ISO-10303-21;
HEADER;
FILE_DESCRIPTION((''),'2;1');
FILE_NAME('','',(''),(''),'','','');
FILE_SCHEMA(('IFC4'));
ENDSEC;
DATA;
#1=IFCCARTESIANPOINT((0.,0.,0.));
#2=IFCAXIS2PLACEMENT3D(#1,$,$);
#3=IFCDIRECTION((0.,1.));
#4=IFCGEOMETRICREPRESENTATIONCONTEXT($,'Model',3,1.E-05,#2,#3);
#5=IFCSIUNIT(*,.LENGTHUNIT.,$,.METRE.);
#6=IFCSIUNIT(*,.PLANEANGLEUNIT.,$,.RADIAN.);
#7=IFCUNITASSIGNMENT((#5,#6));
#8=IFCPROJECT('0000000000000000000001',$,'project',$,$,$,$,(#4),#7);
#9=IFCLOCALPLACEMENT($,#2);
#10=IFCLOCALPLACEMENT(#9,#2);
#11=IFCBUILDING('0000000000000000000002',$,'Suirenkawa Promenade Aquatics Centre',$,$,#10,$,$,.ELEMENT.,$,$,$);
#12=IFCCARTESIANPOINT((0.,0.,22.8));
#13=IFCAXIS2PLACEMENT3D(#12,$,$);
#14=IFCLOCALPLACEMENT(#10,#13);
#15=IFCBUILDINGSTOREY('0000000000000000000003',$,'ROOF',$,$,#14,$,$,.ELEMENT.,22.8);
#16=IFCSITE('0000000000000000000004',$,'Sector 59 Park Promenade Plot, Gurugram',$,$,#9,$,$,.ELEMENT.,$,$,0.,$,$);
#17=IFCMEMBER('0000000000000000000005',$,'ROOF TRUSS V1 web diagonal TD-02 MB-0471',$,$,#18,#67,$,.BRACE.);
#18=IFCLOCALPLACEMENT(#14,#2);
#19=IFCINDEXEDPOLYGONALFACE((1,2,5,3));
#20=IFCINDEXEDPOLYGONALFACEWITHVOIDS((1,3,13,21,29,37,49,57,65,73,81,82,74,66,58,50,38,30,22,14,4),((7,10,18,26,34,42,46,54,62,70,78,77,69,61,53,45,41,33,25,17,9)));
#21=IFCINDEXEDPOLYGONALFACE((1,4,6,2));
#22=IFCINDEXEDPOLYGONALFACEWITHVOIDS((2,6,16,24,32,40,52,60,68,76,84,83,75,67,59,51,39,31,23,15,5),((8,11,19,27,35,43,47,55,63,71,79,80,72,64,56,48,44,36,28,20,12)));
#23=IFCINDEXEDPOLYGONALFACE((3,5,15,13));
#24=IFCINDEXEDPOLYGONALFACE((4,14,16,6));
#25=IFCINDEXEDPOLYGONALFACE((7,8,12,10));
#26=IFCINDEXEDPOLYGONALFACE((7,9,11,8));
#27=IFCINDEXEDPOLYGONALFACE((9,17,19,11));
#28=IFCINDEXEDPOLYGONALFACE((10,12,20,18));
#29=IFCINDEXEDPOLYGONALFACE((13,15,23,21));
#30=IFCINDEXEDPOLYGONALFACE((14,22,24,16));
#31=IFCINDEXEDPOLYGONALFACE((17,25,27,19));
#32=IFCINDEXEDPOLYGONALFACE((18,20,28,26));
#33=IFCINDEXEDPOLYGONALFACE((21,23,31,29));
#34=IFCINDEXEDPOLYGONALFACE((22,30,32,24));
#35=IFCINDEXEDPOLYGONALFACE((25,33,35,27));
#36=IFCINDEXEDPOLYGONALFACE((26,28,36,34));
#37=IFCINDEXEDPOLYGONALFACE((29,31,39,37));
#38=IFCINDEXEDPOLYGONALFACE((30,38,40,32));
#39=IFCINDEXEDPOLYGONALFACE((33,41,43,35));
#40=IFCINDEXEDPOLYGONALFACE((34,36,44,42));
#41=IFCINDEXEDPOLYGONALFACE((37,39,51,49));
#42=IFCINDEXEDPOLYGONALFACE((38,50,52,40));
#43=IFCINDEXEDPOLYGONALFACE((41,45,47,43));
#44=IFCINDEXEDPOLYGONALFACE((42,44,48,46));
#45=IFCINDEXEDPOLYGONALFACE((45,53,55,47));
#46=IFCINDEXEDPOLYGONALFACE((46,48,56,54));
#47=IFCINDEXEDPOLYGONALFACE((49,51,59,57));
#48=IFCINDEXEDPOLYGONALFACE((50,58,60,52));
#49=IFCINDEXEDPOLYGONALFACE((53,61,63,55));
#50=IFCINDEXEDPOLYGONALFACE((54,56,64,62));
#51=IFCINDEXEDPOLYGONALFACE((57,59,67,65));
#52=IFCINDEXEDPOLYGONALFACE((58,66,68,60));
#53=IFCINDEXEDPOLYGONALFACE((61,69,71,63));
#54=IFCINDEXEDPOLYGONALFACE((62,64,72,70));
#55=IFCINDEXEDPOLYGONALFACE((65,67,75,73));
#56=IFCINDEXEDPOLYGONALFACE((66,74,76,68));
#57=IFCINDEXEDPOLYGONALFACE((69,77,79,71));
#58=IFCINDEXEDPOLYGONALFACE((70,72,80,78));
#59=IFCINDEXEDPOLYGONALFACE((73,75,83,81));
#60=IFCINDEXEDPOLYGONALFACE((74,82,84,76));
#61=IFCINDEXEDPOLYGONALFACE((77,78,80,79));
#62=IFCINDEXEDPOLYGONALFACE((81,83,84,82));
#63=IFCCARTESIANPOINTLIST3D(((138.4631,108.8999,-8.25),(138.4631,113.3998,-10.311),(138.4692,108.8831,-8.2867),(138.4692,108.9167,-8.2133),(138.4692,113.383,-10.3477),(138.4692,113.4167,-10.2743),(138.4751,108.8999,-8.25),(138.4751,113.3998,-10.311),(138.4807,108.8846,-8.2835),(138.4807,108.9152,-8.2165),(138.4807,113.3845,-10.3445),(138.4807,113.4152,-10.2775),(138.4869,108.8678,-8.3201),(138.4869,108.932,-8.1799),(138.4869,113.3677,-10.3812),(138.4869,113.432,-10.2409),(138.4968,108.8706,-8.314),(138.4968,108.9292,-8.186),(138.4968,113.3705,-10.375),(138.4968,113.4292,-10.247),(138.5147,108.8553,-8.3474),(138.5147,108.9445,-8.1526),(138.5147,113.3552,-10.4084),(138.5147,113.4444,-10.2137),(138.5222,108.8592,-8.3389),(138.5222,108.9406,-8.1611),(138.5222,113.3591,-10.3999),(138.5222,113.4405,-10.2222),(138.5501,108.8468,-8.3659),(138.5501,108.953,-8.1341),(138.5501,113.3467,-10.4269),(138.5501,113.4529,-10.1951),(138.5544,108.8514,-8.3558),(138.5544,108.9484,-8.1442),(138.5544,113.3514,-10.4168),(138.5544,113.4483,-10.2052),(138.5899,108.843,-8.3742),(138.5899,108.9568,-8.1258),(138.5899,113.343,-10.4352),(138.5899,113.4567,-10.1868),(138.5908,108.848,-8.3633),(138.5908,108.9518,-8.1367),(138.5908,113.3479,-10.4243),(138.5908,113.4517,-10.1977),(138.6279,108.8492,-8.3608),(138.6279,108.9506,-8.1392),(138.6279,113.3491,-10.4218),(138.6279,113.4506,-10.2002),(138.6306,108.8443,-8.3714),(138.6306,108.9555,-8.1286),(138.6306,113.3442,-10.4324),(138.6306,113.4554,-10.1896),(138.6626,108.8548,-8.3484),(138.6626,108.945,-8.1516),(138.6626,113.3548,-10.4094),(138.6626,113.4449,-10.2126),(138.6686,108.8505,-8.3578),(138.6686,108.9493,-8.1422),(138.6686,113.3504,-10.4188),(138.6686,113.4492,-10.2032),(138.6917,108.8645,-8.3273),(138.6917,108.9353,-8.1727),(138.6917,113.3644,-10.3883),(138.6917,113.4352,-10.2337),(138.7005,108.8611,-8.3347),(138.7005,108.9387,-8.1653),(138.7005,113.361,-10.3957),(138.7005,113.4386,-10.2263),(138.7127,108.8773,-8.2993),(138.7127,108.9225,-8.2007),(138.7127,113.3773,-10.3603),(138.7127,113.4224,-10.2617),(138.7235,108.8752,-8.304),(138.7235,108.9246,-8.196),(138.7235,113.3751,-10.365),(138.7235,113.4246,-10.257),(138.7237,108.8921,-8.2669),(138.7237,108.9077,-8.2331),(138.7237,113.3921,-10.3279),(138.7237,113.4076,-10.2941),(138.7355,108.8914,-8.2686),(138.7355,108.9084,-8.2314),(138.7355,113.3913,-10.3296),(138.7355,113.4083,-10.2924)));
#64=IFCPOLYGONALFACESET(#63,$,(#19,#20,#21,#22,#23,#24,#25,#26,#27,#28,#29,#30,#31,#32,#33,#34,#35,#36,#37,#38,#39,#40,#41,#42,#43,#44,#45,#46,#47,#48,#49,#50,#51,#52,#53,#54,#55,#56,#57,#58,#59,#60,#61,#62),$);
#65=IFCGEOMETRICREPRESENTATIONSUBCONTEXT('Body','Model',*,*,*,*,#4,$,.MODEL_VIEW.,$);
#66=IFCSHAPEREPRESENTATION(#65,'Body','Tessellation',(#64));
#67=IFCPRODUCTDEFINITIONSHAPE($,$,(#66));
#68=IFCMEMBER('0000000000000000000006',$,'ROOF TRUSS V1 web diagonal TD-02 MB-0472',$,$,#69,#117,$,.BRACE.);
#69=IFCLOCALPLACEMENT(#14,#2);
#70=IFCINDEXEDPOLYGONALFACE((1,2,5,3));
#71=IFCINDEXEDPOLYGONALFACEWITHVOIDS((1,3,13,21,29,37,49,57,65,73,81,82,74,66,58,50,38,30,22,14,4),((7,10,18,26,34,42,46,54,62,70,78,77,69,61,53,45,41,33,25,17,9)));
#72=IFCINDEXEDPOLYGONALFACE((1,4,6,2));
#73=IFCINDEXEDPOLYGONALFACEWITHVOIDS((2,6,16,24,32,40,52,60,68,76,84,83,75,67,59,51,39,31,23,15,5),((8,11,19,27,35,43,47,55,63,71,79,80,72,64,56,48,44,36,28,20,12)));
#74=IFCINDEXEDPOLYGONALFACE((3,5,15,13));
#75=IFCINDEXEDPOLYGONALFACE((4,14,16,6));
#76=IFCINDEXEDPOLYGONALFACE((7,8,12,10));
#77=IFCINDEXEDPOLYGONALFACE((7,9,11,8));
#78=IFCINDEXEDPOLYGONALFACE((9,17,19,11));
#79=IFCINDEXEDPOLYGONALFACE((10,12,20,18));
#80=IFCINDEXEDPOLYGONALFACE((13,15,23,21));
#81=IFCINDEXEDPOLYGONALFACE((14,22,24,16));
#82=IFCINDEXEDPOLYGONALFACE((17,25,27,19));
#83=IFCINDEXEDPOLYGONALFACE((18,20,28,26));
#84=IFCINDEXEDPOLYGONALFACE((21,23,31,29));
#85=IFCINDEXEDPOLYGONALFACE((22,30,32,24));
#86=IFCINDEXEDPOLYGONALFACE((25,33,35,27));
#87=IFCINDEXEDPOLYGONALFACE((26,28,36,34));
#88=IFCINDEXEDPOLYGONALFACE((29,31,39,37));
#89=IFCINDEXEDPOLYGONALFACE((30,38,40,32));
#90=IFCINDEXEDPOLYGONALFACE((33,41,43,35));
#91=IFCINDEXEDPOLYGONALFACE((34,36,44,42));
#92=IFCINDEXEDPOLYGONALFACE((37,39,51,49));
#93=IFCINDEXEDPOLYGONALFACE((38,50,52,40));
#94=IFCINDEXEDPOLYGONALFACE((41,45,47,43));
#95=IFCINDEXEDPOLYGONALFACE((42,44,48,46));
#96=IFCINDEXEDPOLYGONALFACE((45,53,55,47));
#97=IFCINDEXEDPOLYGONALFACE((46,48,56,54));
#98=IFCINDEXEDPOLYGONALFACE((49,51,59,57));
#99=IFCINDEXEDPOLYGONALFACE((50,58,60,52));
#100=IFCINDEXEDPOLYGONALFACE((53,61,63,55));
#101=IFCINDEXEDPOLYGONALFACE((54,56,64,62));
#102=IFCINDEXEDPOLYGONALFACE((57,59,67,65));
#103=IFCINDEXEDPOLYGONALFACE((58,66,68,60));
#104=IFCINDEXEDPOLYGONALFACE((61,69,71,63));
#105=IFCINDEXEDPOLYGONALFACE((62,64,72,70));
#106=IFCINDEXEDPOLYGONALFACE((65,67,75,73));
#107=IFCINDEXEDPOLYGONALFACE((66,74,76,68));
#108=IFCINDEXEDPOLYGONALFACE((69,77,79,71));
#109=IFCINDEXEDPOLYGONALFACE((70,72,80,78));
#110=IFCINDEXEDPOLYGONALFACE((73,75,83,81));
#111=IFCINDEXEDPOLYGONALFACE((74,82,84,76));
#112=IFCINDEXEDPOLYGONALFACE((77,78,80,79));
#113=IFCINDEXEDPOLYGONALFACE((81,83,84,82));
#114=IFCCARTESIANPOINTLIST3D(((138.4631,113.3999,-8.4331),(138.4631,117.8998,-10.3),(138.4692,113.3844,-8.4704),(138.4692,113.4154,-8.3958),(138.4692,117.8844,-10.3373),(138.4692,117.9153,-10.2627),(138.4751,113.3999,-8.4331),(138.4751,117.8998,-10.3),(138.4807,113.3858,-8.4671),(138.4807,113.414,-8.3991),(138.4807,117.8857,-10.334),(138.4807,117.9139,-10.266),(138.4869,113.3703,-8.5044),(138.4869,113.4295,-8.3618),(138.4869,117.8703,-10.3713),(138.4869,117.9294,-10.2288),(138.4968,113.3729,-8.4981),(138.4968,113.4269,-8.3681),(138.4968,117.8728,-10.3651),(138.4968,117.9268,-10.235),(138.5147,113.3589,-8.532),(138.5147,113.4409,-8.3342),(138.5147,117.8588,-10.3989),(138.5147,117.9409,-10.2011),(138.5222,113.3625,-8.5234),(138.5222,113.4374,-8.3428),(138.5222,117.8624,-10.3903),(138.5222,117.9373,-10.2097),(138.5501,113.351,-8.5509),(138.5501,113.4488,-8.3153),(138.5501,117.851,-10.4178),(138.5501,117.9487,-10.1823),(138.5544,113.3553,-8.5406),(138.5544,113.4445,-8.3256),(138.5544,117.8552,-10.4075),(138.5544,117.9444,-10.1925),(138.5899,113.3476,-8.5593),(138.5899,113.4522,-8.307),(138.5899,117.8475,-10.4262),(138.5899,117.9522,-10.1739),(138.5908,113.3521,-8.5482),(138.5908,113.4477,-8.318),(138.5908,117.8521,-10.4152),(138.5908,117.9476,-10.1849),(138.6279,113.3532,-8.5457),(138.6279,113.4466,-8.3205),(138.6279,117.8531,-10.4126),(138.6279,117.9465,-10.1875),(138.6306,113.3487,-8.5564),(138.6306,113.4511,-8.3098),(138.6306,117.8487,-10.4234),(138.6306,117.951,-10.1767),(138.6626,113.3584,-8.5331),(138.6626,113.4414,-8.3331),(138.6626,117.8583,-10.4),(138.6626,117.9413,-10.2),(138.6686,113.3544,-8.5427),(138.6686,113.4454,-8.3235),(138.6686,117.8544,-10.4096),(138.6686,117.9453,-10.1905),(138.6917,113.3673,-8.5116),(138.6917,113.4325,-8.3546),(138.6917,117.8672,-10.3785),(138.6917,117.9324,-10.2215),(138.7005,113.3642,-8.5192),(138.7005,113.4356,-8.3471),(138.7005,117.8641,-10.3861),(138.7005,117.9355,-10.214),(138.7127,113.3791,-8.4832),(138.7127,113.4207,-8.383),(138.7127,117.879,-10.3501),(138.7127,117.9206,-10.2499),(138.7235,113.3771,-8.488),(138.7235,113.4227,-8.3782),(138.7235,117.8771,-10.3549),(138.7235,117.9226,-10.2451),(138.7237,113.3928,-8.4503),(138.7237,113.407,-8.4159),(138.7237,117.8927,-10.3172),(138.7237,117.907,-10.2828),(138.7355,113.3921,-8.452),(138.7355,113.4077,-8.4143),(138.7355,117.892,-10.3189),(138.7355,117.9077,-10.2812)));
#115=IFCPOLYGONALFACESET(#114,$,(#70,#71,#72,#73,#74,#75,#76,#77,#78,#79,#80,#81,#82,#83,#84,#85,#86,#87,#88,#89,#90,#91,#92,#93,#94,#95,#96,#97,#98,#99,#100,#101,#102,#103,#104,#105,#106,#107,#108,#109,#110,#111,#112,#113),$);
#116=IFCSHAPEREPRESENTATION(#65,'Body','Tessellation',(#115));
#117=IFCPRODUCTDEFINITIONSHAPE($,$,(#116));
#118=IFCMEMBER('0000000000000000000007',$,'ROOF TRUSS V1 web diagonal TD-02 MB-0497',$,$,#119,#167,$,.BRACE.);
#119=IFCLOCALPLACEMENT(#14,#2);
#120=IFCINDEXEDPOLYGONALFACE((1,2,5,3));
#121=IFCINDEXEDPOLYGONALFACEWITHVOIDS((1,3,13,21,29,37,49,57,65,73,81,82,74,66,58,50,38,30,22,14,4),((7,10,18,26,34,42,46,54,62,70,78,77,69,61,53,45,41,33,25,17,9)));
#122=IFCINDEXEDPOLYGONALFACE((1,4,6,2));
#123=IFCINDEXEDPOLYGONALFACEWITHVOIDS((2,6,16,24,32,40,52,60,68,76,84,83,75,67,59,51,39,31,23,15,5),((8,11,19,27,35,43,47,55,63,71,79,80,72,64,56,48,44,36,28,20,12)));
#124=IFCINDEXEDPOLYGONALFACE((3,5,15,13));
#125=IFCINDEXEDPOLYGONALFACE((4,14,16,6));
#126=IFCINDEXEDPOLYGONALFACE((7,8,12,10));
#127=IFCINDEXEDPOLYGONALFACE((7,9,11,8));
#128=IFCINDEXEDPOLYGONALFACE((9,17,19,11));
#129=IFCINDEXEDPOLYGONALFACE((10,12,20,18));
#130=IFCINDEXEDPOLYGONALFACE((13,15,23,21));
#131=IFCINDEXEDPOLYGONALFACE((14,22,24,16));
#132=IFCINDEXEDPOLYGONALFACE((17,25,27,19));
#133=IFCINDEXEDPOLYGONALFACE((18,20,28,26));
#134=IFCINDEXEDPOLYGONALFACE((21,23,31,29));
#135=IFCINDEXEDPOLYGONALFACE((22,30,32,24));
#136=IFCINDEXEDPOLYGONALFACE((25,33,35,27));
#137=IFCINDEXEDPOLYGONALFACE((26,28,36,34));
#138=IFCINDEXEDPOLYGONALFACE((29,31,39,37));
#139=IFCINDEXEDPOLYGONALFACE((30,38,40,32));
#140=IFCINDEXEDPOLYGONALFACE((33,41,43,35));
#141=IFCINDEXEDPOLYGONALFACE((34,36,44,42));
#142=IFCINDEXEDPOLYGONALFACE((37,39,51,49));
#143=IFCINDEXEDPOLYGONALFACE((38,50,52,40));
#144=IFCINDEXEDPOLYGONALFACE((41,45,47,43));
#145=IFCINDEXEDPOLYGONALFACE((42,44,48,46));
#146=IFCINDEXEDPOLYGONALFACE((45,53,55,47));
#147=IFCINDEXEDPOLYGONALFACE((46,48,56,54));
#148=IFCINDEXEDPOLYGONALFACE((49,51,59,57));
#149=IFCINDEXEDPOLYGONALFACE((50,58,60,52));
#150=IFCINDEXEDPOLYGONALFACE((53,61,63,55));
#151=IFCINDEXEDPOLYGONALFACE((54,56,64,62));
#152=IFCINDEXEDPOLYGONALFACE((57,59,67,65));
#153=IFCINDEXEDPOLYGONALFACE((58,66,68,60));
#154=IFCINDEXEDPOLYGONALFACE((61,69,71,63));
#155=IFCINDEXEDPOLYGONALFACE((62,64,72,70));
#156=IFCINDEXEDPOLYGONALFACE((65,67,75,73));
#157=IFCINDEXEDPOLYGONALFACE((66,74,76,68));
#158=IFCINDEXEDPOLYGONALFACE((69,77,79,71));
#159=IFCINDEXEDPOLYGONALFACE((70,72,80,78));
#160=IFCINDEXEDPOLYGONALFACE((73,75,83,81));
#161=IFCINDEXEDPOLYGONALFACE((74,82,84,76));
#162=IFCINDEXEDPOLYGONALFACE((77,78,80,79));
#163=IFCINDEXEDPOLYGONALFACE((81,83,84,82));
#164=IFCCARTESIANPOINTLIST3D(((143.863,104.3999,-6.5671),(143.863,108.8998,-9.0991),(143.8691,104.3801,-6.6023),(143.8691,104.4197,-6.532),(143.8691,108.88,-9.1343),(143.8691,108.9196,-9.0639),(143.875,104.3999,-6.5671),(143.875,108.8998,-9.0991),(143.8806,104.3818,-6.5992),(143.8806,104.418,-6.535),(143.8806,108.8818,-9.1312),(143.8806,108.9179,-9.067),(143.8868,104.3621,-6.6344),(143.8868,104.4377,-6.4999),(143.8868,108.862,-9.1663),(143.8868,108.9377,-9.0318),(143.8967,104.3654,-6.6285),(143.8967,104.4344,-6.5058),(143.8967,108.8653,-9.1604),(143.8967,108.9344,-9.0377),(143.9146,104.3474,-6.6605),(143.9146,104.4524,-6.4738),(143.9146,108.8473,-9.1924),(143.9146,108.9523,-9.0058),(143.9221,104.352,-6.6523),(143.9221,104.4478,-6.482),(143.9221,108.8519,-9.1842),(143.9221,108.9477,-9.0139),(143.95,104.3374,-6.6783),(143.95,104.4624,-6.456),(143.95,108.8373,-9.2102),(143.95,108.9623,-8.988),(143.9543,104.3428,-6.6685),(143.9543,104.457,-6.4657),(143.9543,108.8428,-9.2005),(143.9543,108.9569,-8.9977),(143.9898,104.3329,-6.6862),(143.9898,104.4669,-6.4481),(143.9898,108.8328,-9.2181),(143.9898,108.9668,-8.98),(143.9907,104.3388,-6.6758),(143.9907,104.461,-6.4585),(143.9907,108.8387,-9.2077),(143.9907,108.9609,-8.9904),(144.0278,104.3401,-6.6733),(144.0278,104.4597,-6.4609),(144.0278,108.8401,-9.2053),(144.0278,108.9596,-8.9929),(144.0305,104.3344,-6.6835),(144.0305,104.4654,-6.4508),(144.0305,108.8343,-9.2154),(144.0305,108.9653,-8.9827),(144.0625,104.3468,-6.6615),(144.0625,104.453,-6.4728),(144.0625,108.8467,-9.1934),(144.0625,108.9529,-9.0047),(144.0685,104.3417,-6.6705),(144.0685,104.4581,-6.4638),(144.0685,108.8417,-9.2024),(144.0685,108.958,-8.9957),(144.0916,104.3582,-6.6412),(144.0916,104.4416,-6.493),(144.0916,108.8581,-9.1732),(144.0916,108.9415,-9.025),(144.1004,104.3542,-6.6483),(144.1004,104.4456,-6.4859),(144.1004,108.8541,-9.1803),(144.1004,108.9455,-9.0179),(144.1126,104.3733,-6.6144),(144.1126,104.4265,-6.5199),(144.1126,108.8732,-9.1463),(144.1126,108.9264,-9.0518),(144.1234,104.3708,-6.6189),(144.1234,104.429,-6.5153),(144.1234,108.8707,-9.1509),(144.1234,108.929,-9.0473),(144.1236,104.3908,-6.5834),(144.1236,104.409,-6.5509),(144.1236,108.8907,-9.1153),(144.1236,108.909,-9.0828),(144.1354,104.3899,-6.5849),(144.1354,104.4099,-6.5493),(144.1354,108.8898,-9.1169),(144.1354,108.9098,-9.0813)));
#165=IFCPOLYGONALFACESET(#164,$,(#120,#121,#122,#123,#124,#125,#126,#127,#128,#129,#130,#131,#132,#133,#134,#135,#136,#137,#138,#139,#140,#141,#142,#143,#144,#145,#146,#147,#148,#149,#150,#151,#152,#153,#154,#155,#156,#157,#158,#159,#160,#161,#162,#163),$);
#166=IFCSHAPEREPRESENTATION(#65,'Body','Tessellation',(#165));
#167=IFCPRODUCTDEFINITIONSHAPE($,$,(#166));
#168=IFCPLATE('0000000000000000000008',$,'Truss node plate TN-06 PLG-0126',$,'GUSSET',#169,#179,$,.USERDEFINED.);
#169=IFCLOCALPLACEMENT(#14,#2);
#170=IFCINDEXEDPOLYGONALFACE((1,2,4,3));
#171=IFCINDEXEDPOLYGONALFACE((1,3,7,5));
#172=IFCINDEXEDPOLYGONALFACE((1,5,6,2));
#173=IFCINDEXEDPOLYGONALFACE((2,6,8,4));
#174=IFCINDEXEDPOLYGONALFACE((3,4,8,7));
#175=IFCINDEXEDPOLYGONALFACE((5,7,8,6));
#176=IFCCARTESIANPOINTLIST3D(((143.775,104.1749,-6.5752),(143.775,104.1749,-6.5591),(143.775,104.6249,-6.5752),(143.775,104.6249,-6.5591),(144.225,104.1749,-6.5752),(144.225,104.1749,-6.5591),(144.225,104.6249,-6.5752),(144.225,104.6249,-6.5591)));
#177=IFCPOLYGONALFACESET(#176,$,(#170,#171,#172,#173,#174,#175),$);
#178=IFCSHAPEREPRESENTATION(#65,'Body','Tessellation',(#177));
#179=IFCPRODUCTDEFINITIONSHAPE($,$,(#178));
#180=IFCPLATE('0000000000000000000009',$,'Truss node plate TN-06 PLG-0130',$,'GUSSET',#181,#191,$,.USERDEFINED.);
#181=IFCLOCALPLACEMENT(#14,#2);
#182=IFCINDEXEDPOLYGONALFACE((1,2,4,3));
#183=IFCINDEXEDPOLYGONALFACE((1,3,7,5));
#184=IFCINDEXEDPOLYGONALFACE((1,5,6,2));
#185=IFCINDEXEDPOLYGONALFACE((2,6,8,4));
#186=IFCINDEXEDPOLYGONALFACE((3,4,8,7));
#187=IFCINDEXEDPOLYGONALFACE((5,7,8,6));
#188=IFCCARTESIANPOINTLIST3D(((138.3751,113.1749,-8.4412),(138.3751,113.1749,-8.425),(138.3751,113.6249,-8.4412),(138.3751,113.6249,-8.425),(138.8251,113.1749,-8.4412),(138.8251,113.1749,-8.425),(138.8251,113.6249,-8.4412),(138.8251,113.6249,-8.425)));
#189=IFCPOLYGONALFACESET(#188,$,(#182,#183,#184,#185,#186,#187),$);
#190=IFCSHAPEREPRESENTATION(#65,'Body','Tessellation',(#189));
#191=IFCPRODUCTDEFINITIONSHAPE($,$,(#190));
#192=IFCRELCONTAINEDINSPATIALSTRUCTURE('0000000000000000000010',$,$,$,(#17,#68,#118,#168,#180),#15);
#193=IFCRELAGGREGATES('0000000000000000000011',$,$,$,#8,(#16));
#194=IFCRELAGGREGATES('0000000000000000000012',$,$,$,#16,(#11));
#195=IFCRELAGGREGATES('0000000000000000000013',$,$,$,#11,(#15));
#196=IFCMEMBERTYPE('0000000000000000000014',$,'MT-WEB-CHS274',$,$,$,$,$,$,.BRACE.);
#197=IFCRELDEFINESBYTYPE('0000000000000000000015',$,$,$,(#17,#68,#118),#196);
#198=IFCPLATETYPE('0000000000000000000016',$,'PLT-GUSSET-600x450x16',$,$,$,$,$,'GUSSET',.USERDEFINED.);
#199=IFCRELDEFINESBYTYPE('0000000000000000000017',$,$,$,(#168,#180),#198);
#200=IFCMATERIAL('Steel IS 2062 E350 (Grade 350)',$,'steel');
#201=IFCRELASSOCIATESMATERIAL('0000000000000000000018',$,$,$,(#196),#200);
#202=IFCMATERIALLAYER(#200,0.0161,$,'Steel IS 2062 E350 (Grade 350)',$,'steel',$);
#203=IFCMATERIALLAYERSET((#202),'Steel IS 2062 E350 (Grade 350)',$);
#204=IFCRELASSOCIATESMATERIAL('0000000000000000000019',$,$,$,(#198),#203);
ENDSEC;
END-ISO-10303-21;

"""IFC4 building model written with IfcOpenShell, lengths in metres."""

from ifc_helpers import new_model, si_unit, direction, frame, origin, origin_2d, place, context, subcontext, project, spatial, rectangle, hollow_circle, extrude, material, layer, layer_set, material_profile, profile_set, type_object, element, save


model = new_model("IFC4")

# Units and contexts
model_context = context("Model", 3, precision=1e-05, world=origin(), true_north=direction((0.0, 1.0)))
body_context = subcontext(model_context, "Body", "Model", "MODEL_VIEW")
ifc_project = project(units=[si_unit("LENGTHUNIT", "METRE"), si_unit("PLANEANGLEUNIT", "RADIAN")], contexts=[model_context])

# Site, building, storey
site_placement = place(None, origin())
site = spatial("IfcSite", under=ifc_project, at=site_placement, Name="Sector 59 Park Promenade Plot, Gurugram", CompositionType="ELEMENT", RefElevation=0.0)
building_placement = place(site_placement, origin())
building = spatial("IfcBuilding", under=site, at=building_placement, Name="Suirenkawa Promenade Aquatics Centre", CompositionType="ELEMENT")
storey_placement = place(building_placement, frame((0.0, 0.0, 22.8)))
storey = spatial("IfcBuildingStorey", under=building, at=storey_placement, Name="ROOF", CompositionType="ELEMENT", Elevation=22.8)

# Shared definitions
ifc_material = material(Name="Steel IS 2062 E350 (Grade 350)", Category="steel")

# Members
ifc_material_profile_1 = material_profile(ifc_material, hollow_circle(Radius=0.137, WallThickness=0.012, at=origin_2d()), Name="CHS 274x12", Category="steel")
ifc_profile_set_1 = profile_set([ifc_material_profile_1], Name="Steel IS 2062 E350 (Grade 350)")
member_type_1 = type_object("IfcMemberType", Name="MT-WEB-CHS274", PredefinedType="BRACE", material=ifc_profile_set_1)
member_1_placement = place(storey_placement, frame((138.6001, 108.8999, -8.25), z_axis=(0.0, 0.909177, -0.41641), x_axis=(-1.0, 0.0, 0.0)))
element("IfcMember", 1, at=member_1_placement, inside=storey, type_object=member_type_1, Name="ROOF TRUSS V1 web diagonal TD-02 MB-0471", PredefinedType="BRACE", context=body_context, shape_type="SweptSolid", body=[
    extrude(hollow_circle(Radius=0.137, WallThickness=0.012, at=origin_2d()), origin(), (0.0, 0.0, 1.0), 4.9495),
])
member_2_placement = place(storey_placement, frame((138.6001, 113.3999, -8.4331), z_axis=(0.0, 0.923663, -0.383206), x_axis=(-1.0, 0.0, 0.0)))
element("IfcMember", 2, at=member_2_placement, inside=storey, type_object=member_type_1, Name="ROOF TRUSS V1 web diagonal TD-02 MB-0472", PredefinedType="BRACE", context=body_context, shape_type="SweptSolid", body=[
    extrude(hollow_circle(Radius=0.137, WallThickness=0.012, at=origin_2d()), origin(), (0.0, 0.0, 1.0), 4.8718),
])
member_3_placement = place(storey_placement, frame((144.0, 104.3999, -6.5671), z_axis=(0.0, 0.871515, -0.490369), x_axis=(-1.0, 0.0, 0.0)))
element("IfcMember", 3, at=member_3_placement, inside=storey, type_object=member_type_1, Name="ROOF TRUSS V1 web diagonal TD-02 MB-0497", PredefinedType="BRACE", context=body_context, shape_type="SweptSolid", body=[
    extrude(hollow_circle(Radius=0.137, WallThickness=0.012, at=origin_2d()), origin(), (0.0, 0.0, 1.0), 5.1633),
])

# Plates
ifc_layer_1 = layer(ifc_material, 0.0161, Name="Steel IS 2062 E350 (Grade 350)", Category="steel")
ifc_layer_set_1 = layer_set([ifc_layer_1], Name="Steel IS 2062 E350 (Grade 350)")
plate_type_1 = type_object("IfcPlateType", Name="PLT-GUSSET-600x450x16", ElementType="GUSSET", PredefinedType="USERDEFINED", material=ifc_layer_set_1)
for number, where, z_axis, x_axis, name in (
    (4, (144.0, 104.3999, -6.5752), (0.0, 0.0, 1.0), (1.0, 0.0, 0.0), "Truss node plate TN-06 PLG-0126"),
    (5, (138.6001, 113.3999, -8.4412), (0.0, 0.0, 1.0), (1.0, 0.0, 0.0), "Truss node plate TN-06 PLG-0130"),
):
    element("IfcPlate", number, at=place(storey_placement, frame(where, z_axis=z_axis, x_axis=x_axis)), inside=storey, type_object=plate_type_1, Name=name, ObjectType="GUSSET", PredefinedType="USERDEFINED", context=body_context, shape_type="SweptSolid", body=[
        extrude(rectangle(XDim=0.45, YDim=0.45, at=origin_2d()), origin(), (0.0, 0.0, 1.0), 0.0161),
    ])

save(model, "model.ifc")
